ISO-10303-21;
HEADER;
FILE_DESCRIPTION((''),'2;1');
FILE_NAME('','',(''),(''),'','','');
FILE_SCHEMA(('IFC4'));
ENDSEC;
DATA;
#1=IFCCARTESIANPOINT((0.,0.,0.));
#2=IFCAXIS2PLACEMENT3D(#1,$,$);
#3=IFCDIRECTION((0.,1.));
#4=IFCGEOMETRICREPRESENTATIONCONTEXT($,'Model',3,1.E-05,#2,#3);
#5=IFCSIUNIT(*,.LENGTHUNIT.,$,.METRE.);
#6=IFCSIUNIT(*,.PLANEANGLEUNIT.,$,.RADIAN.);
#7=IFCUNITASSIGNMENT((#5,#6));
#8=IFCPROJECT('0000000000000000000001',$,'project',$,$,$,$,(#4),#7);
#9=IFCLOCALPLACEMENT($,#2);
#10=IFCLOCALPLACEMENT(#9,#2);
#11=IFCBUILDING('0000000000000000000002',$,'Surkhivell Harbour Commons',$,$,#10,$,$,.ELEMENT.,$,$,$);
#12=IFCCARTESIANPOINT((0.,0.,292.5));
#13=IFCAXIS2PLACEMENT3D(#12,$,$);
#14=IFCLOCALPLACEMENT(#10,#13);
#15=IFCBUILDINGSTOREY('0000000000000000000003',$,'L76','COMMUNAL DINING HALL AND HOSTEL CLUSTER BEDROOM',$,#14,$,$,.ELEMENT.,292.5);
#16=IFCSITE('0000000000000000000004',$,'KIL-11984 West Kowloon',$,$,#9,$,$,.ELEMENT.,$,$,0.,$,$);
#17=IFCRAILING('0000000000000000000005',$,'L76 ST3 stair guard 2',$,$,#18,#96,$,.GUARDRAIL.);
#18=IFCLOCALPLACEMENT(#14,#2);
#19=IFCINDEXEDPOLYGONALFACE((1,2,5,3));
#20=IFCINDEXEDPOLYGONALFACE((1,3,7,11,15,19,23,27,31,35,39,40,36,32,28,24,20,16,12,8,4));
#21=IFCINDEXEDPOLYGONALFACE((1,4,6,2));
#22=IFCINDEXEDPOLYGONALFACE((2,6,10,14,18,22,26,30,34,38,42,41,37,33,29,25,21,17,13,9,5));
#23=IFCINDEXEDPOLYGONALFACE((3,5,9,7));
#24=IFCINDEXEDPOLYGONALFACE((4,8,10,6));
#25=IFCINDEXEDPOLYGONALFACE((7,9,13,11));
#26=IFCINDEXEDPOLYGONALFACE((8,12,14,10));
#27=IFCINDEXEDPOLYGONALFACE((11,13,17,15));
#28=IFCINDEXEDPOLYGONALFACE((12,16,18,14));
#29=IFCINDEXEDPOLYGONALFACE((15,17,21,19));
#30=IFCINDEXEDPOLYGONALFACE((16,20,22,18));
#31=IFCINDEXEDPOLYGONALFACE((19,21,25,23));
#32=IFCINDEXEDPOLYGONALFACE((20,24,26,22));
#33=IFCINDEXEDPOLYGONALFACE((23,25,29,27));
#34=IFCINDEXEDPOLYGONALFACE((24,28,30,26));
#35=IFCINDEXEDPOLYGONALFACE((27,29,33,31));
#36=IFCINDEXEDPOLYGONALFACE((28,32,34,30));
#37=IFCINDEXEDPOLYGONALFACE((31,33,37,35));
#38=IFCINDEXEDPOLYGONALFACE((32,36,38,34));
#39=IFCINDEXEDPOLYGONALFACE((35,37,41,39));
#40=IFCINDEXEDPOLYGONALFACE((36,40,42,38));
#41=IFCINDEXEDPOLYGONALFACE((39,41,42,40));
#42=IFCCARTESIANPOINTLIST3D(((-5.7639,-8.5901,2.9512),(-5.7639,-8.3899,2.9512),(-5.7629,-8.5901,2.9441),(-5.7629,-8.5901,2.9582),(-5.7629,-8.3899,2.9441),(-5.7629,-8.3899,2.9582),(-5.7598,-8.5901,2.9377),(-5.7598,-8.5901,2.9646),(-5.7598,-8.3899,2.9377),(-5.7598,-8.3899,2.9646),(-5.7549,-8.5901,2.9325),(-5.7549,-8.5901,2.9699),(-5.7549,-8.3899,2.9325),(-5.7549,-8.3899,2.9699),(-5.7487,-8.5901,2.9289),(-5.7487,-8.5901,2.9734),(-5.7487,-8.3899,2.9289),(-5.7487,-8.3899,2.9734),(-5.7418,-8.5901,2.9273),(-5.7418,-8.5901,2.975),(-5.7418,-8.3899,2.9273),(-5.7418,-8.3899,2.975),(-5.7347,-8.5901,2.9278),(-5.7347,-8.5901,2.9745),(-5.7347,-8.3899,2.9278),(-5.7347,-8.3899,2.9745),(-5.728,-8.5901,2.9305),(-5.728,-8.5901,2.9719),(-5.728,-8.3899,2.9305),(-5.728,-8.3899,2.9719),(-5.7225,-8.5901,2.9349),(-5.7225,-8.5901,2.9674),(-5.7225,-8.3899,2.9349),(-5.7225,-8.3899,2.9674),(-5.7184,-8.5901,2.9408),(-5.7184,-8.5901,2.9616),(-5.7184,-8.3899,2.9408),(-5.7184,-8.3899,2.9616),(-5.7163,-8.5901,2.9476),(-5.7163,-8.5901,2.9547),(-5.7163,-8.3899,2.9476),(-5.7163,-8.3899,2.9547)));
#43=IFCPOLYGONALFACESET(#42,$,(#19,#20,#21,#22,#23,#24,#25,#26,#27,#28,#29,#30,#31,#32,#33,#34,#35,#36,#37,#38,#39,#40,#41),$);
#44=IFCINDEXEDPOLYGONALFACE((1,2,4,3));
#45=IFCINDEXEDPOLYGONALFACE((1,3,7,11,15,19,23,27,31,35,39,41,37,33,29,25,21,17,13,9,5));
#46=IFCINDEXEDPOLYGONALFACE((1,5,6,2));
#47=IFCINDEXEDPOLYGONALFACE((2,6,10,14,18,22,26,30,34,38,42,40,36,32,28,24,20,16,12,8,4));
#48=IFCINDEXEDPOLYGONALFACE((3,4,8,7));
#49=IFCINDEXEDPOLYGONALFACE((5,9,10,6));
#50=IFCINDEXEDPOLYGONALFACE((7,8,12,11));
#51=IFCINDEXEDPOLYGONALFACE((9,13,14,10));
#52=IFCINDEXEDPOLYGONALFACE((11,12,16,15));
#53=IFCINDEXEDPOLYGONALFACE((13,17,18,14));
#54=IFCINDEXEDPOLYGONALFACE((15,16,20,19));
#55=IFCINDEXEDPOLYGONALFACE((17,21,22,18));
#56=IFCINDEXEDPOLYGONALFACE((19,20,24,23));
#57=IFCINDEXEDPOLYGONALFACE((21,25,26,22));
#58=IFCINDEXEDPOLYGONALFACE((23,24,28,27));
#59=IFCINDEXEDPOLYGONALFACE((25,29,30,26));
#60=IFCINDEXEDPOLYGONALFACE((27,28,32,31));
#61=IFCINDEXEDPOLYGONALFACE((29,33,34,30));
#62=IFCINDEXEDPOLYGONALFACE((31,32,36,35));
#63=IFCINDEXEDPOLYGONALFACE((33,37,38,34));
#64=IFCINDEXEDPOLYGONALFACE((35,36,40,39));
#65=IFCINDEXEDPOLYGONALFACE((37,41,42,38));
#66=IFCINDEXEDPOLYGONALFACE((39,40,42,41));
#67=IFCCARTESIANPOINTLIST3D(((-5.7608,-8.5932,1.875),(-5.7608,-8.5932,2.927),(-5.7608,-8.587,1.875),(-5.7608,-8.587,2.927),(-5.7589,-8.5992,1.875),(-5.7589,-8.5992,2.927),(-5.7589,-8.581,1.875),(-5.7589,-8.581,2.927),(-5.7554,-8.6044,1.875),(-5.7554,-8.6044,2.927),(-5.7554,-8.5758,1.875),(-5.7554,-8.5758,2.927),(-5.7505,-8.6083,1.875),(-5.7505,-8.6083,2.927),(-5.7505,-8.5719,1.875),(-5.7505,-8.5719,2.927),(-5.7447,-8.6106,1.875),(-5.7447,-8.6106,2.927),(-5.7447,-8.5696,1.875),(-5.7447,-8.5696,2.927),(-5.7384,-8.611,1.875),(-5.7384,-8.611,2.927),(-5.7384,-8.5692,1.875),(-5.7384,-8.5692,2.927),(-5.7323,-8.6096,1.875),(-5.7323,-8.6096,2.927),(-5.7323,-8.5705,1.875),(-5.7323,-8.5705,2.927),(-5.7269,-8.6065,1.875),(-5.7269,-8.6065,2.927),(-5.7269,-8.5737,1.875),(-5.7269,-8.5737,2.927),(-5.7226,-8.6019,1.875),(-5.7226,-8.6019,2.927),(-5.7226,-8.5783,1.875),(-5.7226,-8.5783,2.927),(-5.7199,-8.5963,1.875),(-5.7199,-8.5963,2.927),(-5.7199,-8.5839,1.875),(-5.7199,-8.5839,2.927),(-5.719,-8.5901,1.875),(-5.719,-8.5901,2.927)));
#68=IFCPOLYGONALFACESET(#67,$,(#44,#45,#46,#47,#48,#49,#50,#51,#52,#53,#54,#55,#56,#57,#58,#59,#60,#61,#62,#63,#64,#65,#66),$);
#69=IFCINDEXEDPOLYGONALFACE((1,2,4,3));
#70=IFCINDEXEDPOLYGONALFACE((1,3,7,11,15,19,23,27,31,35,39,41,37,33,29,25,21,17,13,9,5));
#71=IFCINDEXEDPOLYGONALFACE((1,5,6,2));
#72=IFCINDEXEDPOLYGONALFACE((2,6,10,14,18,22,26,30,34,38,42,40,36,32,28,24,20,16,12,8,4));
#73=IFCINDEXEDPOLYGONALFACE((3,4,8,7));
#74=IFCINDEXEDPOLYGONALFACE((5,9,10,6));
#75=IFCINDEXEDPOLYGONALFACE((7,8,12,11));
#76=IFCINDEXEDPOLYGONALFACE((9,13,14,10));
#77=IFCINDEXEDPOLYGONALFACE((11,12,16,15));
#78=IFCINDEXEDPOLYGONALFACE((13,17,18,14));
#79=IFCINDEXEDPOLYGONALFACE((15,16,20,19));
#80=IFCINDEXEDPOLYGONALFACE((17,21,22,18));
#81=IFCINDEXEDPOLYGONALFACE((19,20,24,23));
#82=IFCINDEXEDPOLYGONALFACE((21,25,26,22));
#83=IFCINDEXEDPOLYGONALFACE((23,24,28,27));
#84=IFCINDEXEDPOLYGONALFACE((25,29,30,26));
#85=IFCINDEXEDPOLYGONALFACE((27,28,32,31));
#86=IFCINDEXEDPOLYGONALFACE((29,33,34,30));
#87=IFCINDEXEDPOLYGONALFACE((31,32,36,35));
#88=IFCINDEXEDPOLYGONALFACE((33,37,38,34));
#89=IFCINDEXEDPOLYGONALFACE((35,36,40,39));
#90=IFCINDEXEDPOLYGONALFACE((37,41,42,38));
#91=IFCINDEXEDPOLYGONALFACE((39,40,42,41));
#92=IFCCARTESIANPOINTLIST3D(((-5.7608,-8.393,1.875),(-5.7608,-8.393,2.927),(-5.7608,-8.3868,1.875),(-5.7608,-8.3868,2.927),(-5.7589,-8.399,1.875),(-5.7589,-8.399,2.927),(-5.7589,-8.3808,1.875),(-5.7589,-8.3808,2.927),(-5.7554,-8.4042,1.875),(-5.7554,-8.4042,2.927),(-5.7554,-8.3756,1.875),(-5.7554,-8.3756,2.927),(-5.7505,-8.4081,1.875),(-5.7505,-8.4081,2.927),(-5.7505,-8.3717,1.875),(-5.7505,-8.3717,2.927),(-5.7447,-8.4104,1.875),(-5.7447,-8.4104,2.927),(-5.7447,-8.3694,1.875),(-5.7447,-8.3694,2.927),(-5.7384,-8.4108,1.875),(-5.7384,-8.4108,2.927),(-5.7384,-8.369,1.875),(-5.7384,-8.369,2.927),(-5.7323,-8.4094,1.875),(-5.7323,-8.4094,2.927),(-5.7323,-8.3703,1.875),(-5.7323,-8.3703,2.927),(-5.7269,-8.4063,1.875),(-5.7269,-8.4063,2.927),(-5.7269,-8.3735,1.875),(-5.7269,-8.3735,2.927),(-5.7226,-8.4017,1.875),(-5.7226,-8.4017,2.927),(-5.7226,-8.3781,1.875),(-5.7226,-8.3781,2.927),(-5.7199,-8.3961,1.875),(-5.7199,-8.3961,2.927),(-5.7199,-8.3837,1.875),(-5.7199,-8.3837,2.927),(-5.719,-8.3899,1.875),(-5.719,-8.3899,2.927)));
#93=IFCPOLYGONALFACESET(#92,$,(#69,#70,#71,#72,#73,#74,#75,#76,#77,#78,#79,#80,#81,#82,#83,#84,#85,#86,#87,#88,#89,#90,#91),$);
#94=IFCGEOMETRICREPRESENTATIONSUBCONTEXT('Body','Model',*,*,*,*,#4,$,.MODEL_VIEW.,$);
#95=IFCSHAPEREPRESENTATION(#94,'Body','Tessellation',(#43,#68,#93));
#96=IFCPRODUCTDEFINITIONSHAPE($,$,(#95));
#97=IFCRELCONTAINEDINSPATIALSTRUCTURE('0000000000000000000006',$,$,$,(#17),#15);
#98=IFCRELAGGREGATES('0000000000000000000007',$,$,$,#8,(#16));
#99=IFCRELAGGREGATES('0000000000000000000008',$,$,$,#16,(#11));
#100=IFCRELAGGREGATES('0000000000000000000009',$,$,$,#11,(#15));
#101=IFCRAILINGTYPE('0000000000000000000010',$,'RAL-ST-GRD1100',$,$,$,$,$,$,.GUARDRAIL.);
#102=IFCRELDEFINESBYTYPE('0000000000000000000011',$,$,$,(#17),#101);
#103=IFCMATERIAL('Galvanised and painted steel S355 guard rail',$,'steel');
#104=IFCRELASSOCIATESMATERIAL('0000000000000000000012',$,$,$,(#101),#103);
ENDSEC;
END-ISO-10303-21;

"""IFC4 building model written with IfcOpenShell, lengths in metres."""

from ifc_helpers import new_model, si_unit, direction, frame, origin, origin_2d, place, context, subcontext, project, spatial, circle, extrude, material, type_object, element, save


model = new_model("IFC4")

# Units and contexts
model_context = context("Model", 3, precision=1e-05, world=origin(), true_north=direction((0.0, 1.0)))
body_context = subcontext(model_context, "Body", "Model", "MODEL_VIEW")
ifc_project = project(units=[si_unit("LENGTHUNIT", "METRE"), si_unit("PLANEANGLEUNIT", "RADIAN")], contexts=[model_context])

# Site, building, storey
site_placement = place(None, origin())
site = spatial("IfcSite", under=ifc_project, at=site_placement, Name="KIL-11984 West Kowloon", CompositionType="ELEMENT", RefElevation=0.0)
building_placement = place(site_placement, origin())
building = spatial("IfcBuilding", under=site, at=building_placement, Name="Surkhivell Harbour Commons", CompositionType="ELEMENT")
storey_placement = place(building_placement, frame((0.0, 0.0, 292.5)))
storey = spatial("IfcBuildingStorey", under=building, at=storey_placement, Name="L76", Description="COMMUNAL DINING HALL AND HOSTEL CLUSTER BEDROOM", CompositionType="ELEMENT", Elevation=292.5)

# Railing
ifc_material_1 = material(Name="Galvanised and painted steel S355 guard rail", Category="steel")
railing_type_1 = type_object("IfcRailingType", Name="RAL-ST-GRD1100", PredefinedType="GUARDRAIL", material=ifc_material_1)
railing_1_placement = place(storey_placement, frame((-5.74, -8.5901, 1.875)))
element("IfcRailing", 1, at=railing_1_placement, inside=storey, type_object=railing_type_1, Name="L76 ST3 stair guard 2", PredefinedType="GUARDRAIL", context=body_context, shape_type="SweptSolid", body=[
    extrude(circle(Radius=0.0239, at=origin_2d()), frame((0.0, 0.0, 1.0762), z_axis=(0.0, 1.0, 0.0), x_axis=(-1.0, 0.0, 0.0)), (0.0, 0.0, 1.0), 0.2002),
    extrude(circle(Radius=0.021, at=origin_2d()), origin(), (0.0, 0.0, 1.0), 1.052),
    extrude(circle(Radius=0.021, at=origin_2d()), frame((0.0, 0.2002, 0.0)), (0.0, 0.0, 1.0), 1.052),
])

save(model, "model.ifc")
